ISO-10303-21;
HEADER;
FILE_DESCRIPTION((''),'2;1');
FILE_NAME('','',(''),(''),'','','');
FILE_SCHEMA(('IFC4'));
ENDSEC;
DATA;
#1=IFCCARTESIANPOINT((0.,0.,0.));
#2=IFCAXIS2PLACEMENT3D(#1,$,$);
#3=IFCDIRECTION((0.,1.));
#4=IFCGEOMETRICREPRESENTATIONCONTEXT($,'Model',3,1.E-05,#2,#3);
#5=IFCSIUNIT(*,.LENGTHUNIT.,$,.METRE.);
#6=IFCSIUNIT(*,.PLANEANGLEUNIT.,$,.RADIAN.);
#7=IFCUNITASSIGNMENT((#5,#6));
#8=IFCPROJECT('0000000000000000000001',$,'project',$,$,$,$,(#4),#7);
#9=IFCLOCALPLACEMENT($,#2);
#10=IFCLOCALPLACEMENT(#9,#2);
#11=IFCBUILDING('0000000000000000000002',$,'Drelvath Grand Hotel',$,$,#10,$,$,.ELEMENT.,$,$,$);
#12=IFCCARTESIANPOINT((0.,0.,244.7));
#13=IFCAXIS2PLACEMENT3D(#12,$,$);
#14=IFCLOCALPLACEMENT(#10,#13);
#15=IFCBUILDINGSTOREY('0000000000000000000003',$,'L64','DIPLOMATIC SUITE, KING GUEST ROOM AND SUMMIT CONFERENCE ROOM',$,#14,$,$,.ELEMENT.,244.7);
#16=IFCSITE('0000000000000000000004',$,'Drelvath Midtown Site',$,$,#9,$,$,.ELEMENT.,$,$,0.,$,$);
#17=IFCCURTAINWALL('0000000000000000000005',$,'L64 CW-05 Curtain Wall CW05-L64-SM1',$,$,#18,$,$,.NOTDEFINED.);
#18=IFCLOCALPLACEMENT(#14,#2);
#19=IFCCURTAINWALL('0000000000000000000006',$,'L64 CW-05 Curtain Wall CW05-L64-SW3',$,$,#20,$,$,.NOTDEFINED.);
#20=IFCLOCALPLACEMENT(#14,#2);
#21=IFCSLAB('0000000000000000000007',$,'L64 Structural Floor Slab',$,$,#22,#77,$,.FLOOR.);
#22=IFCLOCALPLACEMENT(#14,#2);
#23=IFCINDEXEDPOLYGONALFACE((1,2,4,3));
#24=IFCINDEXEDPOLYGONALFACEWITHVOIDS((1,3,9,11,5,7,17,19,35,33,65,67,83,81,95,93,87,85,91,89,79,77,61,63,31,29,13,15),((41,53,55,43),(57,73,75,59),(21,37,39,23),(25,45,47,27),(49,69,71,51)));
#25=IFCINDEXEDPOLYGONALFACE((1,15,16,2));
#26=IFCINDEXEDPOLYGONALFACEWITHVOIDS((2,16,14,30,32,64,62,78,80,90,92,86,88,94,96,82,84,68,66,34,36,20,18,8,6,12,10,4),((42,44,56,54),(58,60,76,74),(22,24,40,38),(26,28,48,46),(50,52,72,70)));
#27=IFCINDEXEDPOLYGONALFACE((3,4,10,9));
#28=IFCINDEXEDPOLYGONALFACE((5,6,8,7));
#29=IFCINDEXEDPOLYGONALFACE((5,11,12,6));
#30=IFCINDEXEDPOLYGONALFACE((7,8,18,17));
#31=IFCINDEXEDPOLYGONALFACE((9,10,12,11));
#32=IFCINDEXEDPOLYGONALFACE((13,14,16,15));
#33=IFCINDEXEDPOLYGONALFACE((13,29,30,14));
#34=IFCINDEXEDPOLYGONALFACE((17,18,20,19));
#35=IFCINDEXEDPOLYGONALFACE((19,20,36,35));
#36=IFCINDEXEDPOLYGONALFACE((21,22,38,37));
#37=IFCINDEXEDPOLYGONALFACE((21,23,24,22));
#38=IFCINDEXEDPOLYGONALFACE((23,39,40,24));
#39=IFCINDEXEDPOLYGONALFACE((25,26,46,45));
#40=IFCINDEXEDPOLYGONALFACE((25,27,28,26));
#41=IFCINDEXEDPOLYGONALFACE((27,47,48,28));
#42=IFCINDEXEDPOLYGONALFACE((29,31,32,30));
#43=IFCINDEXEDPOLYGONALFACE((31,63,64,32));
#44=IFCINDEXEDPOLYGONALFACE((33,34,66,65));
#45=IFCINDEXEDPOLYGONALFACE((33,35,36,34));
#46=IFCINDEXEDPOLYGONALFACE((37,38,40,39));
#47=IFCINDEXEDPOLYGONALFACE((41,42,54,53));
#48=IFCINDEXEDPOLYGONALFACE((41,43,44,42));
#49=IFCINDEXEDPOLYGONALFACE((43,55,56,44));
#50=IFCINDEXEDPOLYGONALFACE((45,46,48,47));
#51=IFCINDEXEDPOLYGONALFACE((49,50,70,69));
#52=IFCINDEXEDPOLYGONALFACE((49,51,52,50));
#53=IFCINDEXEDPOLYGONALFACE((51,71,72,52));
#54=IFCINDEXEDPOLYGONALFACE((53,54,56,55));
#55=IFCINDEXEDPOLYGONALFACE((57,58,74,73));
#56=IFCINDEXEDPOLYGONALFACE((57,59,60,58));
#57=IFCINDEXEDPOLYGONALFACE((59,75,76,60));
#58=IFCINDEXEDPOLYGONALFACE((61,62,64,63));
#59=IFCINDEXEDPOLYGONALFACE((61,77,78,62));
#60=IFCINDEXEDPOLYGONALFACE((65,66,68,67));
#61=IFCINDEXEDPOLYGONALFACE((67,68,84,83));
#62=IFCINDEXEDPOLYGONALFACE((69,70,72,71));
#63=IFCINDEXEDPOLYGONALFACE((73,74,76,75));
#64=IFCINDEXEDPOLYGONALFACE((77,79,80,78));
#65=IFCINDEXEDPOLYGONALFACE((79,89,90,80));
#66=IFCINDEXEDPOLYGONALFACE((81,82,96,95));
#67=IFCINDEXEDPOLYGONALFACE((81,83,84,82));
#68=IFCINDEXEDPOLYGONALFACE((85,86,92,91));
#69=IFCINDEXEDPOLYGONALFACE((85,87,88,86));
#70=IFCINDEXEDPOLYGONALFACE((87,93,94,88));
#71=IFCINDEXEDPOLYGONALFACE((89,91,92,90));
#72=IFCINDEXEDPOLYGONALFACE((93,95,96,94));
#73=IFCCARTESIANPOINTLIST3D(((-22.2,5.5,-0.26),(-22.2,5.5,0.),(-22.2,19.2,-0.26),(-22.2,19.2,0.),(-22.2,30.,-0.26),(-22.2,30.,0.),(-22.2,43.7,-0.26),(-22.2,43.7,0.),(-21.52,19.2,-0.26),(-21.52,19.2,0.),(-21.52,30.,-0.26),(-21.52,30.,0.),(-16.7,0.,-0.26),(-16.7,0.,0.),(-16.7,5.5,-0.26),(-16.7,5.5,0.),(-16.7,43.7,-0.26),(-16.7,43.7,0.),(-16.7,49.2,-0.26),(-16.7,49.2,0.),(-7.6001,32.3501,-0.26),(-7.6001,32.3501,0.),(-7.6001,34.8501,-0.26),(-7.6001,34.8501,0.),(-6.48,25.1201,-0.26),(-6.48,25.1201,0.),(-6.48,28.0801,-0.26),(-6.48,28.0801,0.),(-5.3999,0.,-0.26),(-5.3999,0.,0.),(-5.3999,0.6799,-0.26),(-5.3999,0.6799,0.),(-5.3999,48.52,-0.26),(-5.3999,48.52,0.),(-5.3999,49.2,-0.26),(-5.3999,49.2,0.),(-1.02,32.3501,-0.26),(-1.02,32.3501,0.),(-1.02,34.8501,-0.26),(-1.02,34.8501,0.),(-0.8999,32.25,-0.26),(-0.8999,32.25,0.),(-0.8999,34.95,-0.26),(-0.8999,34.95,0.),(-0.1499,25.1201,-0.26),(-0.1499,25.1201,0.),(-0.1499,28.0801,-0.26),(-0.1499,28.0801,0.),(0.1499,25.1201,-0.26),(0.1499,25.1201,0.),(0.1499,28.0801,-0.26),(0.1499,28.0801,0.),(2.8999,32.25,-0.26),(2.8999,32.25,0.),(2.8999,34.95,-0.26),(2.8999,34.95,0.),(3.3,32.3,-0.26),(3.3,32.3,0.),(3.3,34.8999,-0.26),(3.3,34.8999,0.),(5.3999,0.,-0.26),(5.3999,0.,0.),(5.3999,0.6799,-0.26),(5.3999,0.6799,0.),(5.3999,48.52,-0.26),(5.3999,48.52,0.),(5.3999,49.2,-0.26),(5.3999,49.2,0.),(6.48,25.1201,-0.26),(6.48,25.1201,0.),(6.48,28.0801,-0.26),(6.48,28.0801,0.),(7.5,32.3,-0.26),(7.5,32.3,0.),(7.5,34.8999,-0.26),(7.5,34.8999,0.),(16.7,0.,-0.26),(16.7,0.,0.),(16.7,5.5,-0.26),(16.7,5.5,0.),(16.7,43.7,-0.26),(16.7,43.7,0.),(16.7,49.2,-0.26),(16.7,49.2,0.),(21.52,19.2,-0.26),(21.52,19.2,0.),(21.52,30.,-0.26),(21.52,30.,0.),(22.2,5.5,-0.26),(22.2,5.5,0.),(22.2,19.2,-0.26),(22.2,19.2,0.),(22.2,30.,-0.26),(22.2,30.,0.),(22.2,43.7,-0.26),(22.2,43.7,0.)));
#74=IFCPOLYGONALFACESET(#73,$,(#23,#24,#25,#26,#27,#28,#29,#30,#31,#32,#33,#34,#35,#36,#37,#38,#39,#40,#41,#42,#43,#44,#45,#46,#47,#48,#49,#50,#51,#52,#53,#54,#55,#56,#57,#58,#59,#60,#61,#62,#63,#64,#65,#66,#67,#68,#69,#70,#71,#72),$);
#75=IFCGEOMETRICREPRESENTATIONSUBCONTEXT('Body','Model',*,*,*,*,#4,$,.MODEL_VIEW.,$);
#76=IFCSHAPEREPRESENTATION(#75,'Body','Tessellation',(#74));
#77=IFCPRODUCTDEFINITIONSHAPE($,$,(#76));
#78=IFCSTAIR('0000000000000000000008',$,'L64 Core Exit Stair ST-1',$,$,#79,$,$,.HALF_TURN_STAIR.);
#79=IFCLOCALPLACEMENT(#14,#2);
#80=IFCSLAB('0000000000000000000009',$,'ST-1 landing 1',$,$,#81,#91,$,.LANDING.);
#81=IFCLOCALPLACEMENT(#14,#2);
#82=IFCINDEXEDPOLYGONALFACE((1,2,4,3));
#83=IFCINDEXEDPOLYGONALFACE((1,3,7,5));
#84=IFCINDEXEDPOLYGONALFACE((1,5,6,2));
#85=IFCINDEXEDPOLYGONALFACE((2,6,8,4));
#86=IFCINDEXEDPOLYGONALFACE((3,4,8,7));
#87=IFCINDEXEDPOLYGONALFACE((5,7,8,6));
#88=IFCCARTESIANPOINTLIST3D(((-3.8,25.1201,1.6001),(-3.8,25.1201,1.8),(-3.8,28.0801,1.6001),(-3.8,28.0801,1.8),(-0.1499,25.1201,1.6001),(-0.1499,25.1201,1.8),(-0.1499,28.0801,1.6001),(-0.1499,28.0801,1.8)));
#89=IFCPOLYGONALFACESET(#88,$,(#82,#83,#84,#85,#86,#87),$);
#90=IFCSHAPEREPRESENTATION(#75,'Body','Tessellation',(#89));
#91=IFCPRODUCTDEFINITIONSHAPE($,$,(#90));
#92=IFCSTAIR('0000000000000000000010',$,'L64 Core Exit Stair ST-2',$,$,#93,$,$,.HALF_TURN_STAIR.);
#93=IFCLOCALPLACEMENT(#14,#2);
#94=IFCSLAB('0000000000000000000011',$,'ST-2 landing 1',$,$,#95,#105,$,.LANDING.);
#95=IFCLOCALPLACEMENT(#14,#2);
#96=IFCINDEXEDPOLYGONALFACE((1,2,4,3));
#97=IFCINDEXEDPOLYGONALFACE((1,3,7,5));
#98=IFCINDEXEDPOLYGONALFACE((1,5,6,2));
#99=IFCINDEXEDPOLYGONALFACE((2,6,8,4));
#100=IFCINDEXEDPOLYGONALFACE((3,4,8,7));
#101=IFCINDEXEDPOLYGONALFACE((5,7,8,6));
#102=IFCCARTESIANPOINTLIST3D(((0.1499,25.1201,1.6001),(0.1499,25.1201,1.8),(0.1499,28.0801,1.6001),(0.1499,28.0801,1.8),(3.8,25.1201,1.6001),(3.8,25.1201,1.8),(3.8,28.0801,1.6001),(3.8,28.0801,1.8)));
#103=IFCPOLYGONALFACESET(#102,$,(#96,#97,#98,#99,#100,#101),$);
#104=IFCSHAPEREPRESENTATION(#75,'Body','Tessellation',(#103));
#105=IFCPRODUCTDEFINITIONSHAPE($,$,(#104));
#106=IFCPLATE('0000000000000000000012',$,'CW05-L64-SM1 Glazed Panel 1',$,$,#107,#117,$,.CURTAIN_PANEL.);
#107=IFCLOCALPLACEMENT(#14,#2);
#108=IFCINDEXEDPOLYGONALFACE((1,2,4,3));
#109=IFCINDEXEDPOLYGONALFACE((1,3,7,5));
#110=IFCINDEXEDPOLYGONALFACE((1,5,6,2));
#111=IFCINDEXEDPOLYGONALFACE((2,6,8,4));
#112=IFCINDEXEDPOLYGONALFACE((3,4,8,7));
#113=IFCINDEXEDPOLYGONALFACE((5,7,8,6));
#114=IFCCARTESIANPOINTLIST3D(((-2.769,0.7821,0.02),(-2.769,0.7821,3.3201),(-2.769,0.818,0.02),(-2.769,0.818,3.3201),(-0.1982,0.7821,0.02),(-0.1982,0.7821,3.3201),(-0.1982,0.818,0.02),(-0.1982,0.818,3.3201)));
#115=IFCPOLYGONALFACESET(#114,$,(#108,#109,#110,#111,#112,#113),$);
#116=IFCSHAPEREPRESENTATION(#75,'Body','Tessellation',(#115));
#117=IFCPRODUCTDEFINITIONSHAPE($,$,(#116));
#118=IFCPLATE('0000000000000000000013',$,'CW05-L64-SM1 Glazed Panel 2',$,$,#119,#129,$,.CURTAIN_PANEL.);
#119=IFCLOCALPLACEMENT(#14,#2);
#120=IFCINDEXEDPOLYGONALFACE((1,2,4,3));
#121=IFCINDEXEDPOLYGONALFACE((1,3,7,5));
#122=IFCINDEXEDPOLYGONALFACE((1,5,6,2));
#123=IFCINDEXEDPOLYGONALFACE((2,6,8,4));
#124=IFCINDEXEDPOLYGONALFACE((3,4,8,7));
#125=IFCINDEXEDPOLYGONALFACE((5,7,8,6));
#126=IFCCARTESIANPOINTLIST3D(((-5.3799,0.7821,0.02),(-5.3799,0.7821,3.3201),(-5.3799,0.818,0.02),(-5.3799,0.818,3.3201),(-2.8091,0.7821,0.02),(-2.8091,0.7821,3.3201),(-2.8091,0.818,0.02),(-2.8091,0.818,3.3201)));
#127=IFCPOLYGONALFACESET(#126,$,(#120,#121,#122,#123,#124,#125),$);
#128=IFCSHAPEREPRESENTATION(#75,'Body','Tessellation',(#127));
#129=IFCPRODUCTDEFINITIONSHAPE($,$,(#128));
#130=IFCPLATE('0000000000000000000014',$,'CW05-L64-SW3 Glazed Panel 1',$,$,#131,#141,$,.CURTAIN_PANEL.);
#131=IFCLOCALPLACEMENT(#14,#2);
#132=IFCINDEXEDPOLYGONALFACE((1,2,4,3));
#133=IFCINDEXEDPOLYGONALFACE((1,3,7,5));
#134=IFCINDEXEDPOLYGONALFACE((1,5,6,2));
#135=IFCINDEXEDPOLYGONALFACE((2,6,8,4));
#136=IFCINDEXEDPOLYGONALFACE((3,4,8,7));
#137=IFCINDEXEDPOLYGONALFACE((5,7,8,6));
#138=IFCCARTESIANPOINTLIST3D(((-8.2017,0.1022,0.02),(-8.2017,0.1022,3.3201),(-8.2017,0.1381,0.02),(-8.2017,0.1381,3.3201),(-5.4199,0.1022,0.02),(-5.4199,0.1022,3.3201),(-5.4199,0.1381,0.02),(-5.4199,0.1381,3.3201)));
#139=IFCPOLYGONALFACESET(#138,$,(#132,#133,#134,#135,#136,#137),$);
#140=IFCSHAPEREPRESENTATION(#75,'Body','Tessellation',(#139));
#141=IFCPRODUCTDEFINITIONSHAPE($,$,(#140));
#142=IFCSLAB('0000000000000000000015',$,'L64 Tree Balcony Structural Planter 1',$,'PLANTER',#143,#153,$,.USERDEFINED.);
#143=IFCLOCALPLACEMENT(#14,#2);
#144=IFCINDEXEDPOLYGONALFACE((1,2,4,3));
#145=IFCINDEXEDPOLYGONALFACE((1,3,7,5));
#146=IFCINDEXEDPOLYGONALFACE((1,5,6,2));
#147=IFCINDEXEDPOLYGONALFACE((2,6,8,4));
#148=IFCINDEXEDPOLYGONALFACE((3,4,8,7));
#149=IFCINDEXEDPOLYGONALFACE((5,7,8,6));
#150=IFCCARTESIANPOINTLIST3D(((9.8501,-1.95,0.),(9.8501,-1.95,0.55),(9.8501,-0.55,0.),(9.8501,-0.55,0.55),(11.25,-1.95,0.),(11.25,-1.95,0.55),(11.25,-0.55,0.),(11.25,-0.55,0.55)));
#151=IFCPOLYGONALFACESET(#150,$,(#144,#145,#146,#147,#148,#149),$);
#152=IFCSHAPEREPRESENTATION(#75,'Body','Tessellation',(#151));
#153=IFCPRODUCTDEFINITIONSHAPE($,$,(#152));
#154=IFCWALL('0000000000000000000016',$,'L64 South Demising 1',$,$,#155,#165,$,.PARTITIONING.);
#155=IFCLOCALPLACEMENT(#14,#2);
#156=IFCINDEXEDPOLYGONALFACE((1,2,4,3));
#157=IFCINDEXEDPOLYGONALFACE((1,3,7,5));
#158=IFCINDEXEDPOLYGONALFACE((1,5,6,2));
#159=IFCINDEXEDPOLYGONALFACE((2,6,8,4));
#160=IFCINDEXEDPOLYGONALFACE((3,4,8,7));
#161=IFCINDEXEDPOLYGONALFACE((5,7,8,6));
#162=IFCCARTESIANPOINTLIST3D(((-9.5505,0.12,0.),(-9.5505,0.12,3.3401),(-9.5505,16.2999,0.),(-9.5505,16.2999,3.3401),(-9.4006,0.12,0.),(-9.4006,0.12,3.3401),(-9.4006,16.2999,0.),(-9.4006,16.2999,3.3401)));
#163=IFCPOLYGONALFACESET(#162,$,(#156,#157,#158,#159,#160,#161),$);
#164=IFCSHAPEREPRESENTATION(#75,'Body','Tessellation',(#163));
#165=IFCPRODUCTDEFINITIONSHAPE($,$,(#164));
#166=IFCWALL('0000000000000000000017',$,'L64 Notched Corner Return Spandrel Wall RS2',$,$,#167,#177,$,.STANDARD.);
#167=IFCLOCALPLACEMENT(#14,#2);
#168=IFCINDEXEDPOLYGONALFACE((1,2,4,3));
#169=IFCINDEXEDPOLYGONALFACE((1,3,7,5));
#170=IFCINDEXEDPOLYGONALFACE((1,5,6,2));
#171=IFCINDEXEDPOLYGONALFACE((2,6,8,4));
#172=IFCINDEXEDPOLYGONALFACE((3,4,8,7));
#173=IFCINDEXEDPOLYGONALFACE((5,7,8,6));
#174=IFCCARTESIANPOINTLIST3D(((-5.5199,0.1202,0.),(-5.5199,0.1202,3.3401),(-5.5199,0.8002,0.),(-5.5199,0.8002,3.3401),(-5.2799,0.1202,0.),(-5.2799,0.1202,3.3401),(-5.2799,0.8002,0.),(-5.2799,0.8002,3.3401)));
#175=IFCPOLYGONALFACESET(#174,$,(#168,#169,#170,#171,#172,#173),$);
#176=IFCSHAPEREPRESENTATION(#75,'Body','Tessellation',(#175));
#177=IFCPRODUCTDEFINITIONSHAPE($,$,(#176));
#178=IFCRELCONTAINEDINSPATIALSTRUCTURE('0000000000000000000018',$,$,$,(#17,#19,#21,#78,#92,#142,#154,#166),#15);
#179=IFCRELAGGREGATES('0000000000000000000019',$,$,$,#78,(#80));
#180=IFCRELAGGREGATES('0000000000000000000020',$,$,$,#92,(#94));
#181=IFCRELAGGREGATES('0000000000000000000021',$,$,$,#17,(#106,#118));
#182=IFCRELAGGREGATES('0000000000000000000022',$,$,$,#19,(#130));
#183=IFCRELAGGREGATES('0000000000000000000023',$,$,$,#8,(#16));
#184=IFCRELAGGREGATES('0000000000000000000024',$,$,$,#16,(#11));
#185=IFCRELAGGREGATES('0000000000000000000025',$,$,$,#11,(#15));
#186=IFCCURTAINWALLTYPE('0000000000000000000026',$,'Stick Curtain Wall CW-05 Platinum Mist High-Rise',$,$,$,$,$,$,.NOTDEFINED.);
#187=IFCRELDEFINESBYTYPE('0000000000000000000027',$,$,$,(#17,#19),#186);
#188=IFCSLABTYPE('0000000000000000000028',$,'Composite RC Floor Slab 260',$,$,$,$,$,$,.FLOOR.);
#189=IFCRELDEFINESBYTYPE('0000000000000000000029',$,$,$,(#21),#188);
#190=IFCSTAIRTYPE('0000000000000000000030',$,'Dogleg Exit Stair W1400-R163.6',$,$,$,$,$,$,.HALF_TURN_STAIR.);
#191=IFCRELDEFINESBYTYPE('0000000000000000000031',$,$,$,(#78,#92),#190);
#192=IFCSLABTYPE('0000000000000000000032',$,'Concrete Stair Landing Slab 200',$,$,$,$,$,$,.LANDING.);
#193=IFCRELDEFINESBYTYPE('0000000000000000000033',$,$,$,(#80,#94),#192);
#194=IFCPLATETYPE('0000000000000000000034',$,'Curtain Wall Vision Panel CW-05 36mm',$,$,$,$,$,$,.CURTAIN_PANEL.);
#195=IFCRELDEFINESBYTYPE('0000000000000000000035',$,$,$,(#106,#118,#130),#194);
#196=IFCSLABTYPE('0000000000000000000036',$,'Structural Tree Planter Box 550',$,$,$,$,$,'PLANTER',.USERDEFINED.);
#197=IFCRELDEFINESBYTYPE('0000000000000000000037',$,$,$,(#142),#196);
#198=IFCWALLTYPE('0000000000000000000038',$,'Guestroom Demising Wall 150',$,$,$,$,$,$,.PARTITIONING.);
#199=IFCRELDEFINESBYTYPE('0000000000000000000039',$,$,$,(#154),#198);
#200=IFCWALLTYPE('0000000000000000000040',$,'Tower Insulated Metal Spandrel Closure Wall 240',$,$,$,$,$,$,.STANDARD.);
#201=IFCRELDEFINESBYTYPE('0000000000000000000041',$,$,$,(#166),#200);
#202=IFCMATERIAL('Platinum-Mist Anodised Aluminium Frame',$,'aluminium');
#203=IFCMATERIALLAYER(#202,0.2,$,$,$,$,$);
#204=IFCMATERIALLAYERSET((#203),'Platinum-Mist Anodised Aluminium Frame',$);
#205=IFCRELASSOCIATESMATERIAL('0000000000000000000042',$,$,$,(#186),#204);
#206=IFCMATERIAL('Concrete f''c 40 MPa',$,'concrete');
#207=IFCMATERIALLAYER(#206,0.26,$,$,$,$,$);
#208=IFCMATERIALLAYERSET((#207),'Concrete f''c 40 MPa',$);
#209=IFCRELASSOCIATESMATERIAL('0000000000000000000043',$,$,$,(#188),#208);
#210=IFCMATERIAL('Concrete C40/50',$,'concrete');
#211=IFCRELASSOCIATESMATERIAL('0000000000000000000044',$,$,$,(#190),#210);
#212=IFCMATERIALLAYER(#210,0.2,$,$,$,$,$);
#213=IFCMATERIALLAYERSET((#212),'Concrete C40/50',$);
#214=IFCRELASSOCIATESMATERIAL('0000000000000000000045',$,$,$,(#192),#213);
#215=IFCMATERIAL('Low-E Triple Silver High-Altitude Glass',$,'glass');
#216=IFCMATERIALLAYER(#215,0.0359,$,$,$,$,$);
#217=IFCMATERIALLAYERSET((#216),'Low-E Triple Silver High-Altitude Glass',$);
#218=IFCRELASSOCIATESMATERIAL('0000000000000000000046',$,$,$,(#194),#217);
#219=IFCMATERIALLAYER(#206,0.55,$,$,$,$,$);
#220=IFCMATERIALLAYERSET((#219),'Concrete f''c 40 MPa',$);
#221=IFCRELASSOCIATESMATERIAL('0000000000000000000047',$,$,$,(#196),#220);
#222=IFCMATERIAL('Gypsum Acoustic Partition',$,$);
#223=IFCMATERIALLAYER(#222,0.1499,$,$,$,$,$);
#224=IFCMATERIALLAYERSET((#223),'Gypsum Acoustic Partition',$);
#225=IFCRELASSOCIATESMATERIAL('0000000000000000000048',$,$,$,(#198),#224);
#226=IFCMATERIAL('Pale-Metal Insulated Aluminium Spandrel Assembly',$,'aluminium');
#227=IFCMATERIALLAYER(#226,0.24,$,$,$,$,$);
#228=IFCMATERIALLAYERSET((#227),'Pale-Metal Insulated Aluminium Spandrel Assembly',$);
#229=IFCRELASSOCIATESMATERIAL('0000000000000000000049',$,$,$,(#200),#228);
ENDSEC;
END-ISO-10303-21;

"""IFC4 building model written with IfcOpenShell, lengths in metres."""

from ifc_helpers import new_model, si_unit, direction, frame, frame_2d, origin, origin_2d, place, context, subcontext, project, spatial, polyline, rectangle, outline, extrude, material, layer, layer_set, type_object, element, aggregate, save


model = new_model("IFC4")

# Units and contexts
model_context = context("Model", 3, precision=1e-05, world=origin(), true_north=direction((0.0, 1.0)))
body_context = subcontext(model_context, "Body", "Model", "MODEL_VIEW")
ifc_project = project(units=[si_unit("LENGTHUNIT", "METRE"), si_unit("PLANEANGLEUNIT", "RADIAN")], contexts=[model_context])

# Site, building, storey
site_placement = place(None, origin())
site = spatial("IfcSite", under=ifc_project, at=site_placement, Name="Drelvath Midtown Site", CompositionType="ELEMENT", RefElevation=0.0)
building_placement = place(site_placement, origin())
building = spatial("IfcBuilding", under=site, at=building_placement, Name="Drelvath Grand Hotel", CompositionType="ELEMENT")
storey_placement = place(building_placement, frame((0.0, 0.0, 244.7)))
storey = spatial("IfcBuildingStorey", under=building, at=storey_placement, Name="L64", Description="DIPLOMATIC SUITE, KING GUEST ROOM AND SUMMIT CONFERENCE ROOM", CompositionType="ELEMENT", Elevation=244.7)

# Curtain walls
ifc_material_1 = material(Name="Platinum-Mist Anodised Aluminium Frame", Category="aluminium")
ifc_layer_1 = layer(ifc_material_1, 0.2)
ifc_layer_set_1 = layer_set([ifc_layer_1], Name="Platinum-Mist Anodised Aluminium Frame")
curtain_wall_type = type_object("IfcCurtainWallType", Name="Stick Curtain Wall CW-05 Platinum Mist High-Rise", PredefinedType="NOTDEFINED", material=ifc_layer_set_1)
curtain_wall_1_placement = place(storey_placement, origin())
curtain_wall_1 = element("IfcCurtainWall", 1, at=curtain_wall_1_placement, inside=storey, type_object=curtain_wall_type, Name="L64 CW-05 Curtain Wall CW05-L64-SM1", PredefinedType="NOTDEFINED")
curtain_wall_2_placement = place(storey_placement, origin())
curtain_wall_2 = element("IfcCurtainWall", 2, at=curtain_wall_2_placement, inside=storey, type_object=curtain_wall_type, Name="L64 CW-05 Curtain Wall CW05-L64-SW3", PredefinedType="NOTDEFINED")

# Slab
ifc_material_2 = material(Name="Concrete f'c 40 MPa", Category="concrete")
ifc_layer_2 = layer(ifc_material_2, 0.26)
ifc_layer_set_2 = layer_set([ifc_layer_2], Name="Concrete f'c 40 MPa")
slab_type_1 = type_object("IfcSlabType", Name="Composite RC Floor Slab 260", PredefinedType="FLOOR", material=ifc_layer_set_2)
slab_1_placement = place(storey_placement, frame((0.0, 0.0, -0.26)))
element("IfcSlab", 3, at=slab_1_placement, inside=storey, type_object=slab_type_1, Name="L64 Structural Floor Slab", PredefinedType="FLOOR", context=body_context, shape_type="SweptSolid", body=[
    extrude(outline(polyline([(-16.7, 0.0), (-5.3999, 0.0), (-5.3999, 0.6799), (5.3999, 0.6799), (5.3999, 0.0), (16.7, 0.0), (16.7, 5.5), (22.2, 5.5), (22.2, 19.2), (21.52, 19.2), (21.52, 30.0), (22.2, 30.0), (22.2, 43.7), (16.7, 43.7), (16.7, 49.2), (5.3999, 49.2), (5.3999, 48.52), (-5.3999, 48.52), (-5.3999, 49.2), (-16.7, 49.2), (-16.7, 43.7), (-22.2, 43.7), (-22.2, 30.0), (-21.52, 30.0), (-21.52, 19.2), (-22.2, 19.2), (-22.2, 5.5), (-16.7, 5.5), (-16.7, 0.0)]), holes=[polyline([(-6.48, 25.1201), (-6.48, 28.0801), (-0.1499, 28.0801), (-0.1499, 25.1201), (-6.48, 25.1201)]), polyline([(0.1499, 25.1201), (0.1499, 28.0801), (6.48, 28.0801), (6.48, 25.1201), (0.1499, 25.1201)]), polyline([(-7.6001, 32.3501), (-7.6001, 34.8501), (-1.02, 34.8501), (-1.02, 32.3501), (-7.6001, 32.3501)]), polyline([(-0.8999, 32.25), (-0.8999, 34.95), (2.8999, 34.95), (2.8999, 32.25), (-0.8999, 32.25)]), polyline([(3.3, 32.3), (3.3, 34.8999), (7.5, 34.8999), (7.5, 32.3), (3.3, 32.3)])]), origin(), (0.0, 0.0, 1.0), 0.26),
])

# Stairs, slabs
ifc_material_3 = material(Name="Concrete C40/50", Category="concrete")
stair_type = type_object("IfcStairType", Name="Dogleg Exit Stair W1400-R163.6", PredefinedType="HALF_TURN_STAIR", material=ifc_material_3)
stair_1_placement = place(storey_placement, origin())
stair_1 = element("IfcStair", 4, at=stair_1_placement, inside=storey, type_object=stair_type, Name="L64 Core Exit Stair ST-1", PredefinedType="HALF_TURN_STAIR")
ifc_layer_3 = layer(ifc_material_3, 0.2)
ifc_layer_set_3 = layer_set([ifc_layer_3], Name="Concrete C40/50")
slab_type_2 = type_object("IfcSlabType", Name="Concrete Stair Landing Slab 200", PredefinedType="LANDING", material=ifc_layer_set_3)
slab_2_placement = place(storey_placement, frame((0.0, 0.0, 1.6001)))
slab_2 = element("IfcSlab", 5, at=slab_2_placement, type_object=slab_type_2, Name="ST-1 landing 1", PredefinedType="LANDING", context=body_context, shape_type="SweptSolid", body=[
    extrude(outline(polyline([(-3.8, 25.1201), (-0.1499, 25.1201), (-0.1499, 28.0801), (-3.8, 28.0801), (-3.8, 25.1201)])), origin(), (0.0, 0.0, 1.0), 0.2),
])
aggregate(stair_1, [slab_2])
stair_2_placement = place(storey_placement, origin())
stair_2 = element("IfcStair", 6, at=stair_2_placement, inside=storey, type_object=stair_type, Name="L64 Core Exit Stair ST-2", PredefinedType="HALF_TURN_STAIR")
slab_3_placement = place(storey_placement, frame((0.0, 0.0, 1.6001)))
slab_3 = element("IfcSlab", 7, at=slab_3_placement, type_object=slab_type_2, Name="ST-2 landing 1", PredefinedType="LANDING", context=body_context, shape_type="SweptSolid", body=[
    extrude(outline(polyline([(3.8, 28.0801), (0.1499, 28.0801), (0.1499, 25.1201), (3.8, 25.1201), (3.8, 28.0801)])), origin(), (0.0, 0.0, 1.0), 0.2),
])
aggregate(stair_2, [slab_3])

# Plates
ifc_material_4 = material(Name="Low-E Triple Silver High-Altitude Glass", Category="glass")
ifc_layer_4 = layer(ifc_material_4, 0.0359)
ifc_layer_set_4 = layer_set([ifc_layer_4], Name="Low-E Triple Silver High-Altitude Glass")
plate_type = type_object("IfcPlateType", Name="Curtain Wall Vision Panel CW-05 36mm", PredefinedType="CURTAIN_PANEL", material=ifc_layer_set_4)
plate_1_placement = place(storey_placement, frame((-1.4836, 0.8, 0.02), z_axis=(0.0, 0.0, 1.0), x_axis=(-1.0, 0.0, 0.0)))
plate_1 = element("IfcPlate", 8, at=plate_1_placement, type_object=plate_type, Name="CW05-L64-SM1 Glazed Panel 1", PredefinedType="CURTAIN_PANEL", context=body_context, shape_type="SweptSolid", body=[
    extrude(rectangle(XDim=2.5708, YDim=0.0359, at=origin_2d()), origin(), (0.0, 0.0, 1.0), 3.3),
])
plate_2_placement = place(storey_placement, frame((-4.0945, 0.8, 0.02), z_axis=(0.0, 0.0, 1.0), x_axis=(-1.0, 0.0, 0.0)))
plate_2 = element("IfcPlate", 9, at=plate_2_placement, type_object=plate_type, Name="CW05-L64-SM1 Glazed Panel 2", PredefinedType="CURTAIN_PANEL", context=body_context, shape_type="SweptSolid", body=[
    extrude(rectangle(XDim=2.5708, YDim=0.0359, at=origin_2d()), origin(), (0.0, 0.0, 1.0), 3.3),
])
aggregate(curtain_wall_1, [plate_1, plate_2])
plate_3_placement = place(storey_placement, frame((-6.8108, 0.1201, 0.02), z_axis=(0.0, 0.0, 1.0), x_axis=(-1.0, 0.0, 0.0)))
plate_3 = element("IfcPlate", 10, at=plate_3_placement, type_object=plate_type, Name="CW05-L64-SW3 Glazed Panel 1", PredefinedType="CURTAIN_PANEL", context=body_context, shape_type="SweptSolid", body=[
    extrude(rectangle(XDim=2.7817, YDim=0.0359, at=origin_2d()), origin(), (0.0, 0.0, 1.0), 3.3),
])
aggregate(curtain_wall_2, [plate_3])

# Slab
ifc_layer_5 = layer(ifc_material_2, 0.55)
ifc_layer_set_5 = layer_set([ifc_layer_5], Name="Concrete f'c 40 MPa")
slab_type_3 = type_object("IfcSlabType", Name="Structural Tree Planter Box 550", ElementType="PLANTER", PredefinedType="USERDEFINED", material=ifc_layer_set_5)
slab_4_placement = place(storey_placement, origin())
element("IfcSlab", 11, at=slab_4_placement, inside=storey, type_object=slab_type_3, Name="L64 Tree Balcony Structural Planter 1", ObjectType="PLANTER", PredefinedType="USERDEFINED", context=body_context, shape_type="SweptSolid", body=[
    extrude(outline(polyline([(9.8501, -1.95), (11.25, -1.95), (11.25, -0.55), (9.8501, -0.55), (9.8501, -1.95)])), origin(), (0.0, 0.0, 1.0), 0.55),
])

# Walls
ifc_material_5 = material(Name="Gypsum Acoustic Partition")
ifc_layer_6 = layer(ifc_material_5, 0.1499)
ifc_layer_set_6 = layer_set([ifc_layer_6], Name="Gypsum Acoustic Partition")
wall_type_1 = type_object("IfcWallType", Name="Guestroom Demising Wall 150", PredefinedType="PARTITIONING", material=ifc_layer_set_6)
wall_1_placement = place(storey_placement, frame((-9.4756, 0.1201, 0.0), z_axis=(0.0, 0.0, 1.0), x_axis=(0.0, 1.0, 0.0)))
element("IfcWall", 12, at=wall_1_placement, inside=storey, type_object=wall_type_1, Name="L64 South Demising 1", PredefinedType="PARTITIONING", context=body_context, shape_type="SweptSolid", body=[
    extrude(rectangle(XDim=16.1799, YDim=0.1499, at=frame_2d((8.0898, 0.0))), origin(), (0.0, 0.0, 1.0), 3.3401),
])
ifc_material_6 = material(Name="Pale-Metal Insulated Aluminium Spandrel Assembly", Category="aluminium")
ifc_layer_7 = layer(ifc_material_6, 0.24)
ifc_layer_set_7 = layer_set([ifc_layer_7], Name="Pale-Metal Insulated Aluminium Spandrel Assembly")
wall_type_2 = type_object("IfcWallType", Name="Tower Insulated Metal Spandrel Closure Wall 240", PredefinedType="STANDARD", material=ifc_layer_set_7)
wall_2_placement = place(storey_placement, frame((-5.3999, 0.8, 0.0), z_axis=(0.0, 0.0, 1.0), x_axis=(0.0, -1.0, 0.0)))
element("IfcWall", 13, at=wall_2_placement, inside=storey, type_object=wall_type_2, Name="L64 Notched Corner Return Spandrel Wall RS2", PredefinedType="STANDARD", context=body_context, shape_type="SweptSolid", body=[
    extrude(rectangle(XDim=0.6799, YDim=0.24, at=frame_2d((0.3398, 0.0))), origin(), (0.0, 0.0, 1.0), 3.3401),
])

save(model, "model.ifc")
